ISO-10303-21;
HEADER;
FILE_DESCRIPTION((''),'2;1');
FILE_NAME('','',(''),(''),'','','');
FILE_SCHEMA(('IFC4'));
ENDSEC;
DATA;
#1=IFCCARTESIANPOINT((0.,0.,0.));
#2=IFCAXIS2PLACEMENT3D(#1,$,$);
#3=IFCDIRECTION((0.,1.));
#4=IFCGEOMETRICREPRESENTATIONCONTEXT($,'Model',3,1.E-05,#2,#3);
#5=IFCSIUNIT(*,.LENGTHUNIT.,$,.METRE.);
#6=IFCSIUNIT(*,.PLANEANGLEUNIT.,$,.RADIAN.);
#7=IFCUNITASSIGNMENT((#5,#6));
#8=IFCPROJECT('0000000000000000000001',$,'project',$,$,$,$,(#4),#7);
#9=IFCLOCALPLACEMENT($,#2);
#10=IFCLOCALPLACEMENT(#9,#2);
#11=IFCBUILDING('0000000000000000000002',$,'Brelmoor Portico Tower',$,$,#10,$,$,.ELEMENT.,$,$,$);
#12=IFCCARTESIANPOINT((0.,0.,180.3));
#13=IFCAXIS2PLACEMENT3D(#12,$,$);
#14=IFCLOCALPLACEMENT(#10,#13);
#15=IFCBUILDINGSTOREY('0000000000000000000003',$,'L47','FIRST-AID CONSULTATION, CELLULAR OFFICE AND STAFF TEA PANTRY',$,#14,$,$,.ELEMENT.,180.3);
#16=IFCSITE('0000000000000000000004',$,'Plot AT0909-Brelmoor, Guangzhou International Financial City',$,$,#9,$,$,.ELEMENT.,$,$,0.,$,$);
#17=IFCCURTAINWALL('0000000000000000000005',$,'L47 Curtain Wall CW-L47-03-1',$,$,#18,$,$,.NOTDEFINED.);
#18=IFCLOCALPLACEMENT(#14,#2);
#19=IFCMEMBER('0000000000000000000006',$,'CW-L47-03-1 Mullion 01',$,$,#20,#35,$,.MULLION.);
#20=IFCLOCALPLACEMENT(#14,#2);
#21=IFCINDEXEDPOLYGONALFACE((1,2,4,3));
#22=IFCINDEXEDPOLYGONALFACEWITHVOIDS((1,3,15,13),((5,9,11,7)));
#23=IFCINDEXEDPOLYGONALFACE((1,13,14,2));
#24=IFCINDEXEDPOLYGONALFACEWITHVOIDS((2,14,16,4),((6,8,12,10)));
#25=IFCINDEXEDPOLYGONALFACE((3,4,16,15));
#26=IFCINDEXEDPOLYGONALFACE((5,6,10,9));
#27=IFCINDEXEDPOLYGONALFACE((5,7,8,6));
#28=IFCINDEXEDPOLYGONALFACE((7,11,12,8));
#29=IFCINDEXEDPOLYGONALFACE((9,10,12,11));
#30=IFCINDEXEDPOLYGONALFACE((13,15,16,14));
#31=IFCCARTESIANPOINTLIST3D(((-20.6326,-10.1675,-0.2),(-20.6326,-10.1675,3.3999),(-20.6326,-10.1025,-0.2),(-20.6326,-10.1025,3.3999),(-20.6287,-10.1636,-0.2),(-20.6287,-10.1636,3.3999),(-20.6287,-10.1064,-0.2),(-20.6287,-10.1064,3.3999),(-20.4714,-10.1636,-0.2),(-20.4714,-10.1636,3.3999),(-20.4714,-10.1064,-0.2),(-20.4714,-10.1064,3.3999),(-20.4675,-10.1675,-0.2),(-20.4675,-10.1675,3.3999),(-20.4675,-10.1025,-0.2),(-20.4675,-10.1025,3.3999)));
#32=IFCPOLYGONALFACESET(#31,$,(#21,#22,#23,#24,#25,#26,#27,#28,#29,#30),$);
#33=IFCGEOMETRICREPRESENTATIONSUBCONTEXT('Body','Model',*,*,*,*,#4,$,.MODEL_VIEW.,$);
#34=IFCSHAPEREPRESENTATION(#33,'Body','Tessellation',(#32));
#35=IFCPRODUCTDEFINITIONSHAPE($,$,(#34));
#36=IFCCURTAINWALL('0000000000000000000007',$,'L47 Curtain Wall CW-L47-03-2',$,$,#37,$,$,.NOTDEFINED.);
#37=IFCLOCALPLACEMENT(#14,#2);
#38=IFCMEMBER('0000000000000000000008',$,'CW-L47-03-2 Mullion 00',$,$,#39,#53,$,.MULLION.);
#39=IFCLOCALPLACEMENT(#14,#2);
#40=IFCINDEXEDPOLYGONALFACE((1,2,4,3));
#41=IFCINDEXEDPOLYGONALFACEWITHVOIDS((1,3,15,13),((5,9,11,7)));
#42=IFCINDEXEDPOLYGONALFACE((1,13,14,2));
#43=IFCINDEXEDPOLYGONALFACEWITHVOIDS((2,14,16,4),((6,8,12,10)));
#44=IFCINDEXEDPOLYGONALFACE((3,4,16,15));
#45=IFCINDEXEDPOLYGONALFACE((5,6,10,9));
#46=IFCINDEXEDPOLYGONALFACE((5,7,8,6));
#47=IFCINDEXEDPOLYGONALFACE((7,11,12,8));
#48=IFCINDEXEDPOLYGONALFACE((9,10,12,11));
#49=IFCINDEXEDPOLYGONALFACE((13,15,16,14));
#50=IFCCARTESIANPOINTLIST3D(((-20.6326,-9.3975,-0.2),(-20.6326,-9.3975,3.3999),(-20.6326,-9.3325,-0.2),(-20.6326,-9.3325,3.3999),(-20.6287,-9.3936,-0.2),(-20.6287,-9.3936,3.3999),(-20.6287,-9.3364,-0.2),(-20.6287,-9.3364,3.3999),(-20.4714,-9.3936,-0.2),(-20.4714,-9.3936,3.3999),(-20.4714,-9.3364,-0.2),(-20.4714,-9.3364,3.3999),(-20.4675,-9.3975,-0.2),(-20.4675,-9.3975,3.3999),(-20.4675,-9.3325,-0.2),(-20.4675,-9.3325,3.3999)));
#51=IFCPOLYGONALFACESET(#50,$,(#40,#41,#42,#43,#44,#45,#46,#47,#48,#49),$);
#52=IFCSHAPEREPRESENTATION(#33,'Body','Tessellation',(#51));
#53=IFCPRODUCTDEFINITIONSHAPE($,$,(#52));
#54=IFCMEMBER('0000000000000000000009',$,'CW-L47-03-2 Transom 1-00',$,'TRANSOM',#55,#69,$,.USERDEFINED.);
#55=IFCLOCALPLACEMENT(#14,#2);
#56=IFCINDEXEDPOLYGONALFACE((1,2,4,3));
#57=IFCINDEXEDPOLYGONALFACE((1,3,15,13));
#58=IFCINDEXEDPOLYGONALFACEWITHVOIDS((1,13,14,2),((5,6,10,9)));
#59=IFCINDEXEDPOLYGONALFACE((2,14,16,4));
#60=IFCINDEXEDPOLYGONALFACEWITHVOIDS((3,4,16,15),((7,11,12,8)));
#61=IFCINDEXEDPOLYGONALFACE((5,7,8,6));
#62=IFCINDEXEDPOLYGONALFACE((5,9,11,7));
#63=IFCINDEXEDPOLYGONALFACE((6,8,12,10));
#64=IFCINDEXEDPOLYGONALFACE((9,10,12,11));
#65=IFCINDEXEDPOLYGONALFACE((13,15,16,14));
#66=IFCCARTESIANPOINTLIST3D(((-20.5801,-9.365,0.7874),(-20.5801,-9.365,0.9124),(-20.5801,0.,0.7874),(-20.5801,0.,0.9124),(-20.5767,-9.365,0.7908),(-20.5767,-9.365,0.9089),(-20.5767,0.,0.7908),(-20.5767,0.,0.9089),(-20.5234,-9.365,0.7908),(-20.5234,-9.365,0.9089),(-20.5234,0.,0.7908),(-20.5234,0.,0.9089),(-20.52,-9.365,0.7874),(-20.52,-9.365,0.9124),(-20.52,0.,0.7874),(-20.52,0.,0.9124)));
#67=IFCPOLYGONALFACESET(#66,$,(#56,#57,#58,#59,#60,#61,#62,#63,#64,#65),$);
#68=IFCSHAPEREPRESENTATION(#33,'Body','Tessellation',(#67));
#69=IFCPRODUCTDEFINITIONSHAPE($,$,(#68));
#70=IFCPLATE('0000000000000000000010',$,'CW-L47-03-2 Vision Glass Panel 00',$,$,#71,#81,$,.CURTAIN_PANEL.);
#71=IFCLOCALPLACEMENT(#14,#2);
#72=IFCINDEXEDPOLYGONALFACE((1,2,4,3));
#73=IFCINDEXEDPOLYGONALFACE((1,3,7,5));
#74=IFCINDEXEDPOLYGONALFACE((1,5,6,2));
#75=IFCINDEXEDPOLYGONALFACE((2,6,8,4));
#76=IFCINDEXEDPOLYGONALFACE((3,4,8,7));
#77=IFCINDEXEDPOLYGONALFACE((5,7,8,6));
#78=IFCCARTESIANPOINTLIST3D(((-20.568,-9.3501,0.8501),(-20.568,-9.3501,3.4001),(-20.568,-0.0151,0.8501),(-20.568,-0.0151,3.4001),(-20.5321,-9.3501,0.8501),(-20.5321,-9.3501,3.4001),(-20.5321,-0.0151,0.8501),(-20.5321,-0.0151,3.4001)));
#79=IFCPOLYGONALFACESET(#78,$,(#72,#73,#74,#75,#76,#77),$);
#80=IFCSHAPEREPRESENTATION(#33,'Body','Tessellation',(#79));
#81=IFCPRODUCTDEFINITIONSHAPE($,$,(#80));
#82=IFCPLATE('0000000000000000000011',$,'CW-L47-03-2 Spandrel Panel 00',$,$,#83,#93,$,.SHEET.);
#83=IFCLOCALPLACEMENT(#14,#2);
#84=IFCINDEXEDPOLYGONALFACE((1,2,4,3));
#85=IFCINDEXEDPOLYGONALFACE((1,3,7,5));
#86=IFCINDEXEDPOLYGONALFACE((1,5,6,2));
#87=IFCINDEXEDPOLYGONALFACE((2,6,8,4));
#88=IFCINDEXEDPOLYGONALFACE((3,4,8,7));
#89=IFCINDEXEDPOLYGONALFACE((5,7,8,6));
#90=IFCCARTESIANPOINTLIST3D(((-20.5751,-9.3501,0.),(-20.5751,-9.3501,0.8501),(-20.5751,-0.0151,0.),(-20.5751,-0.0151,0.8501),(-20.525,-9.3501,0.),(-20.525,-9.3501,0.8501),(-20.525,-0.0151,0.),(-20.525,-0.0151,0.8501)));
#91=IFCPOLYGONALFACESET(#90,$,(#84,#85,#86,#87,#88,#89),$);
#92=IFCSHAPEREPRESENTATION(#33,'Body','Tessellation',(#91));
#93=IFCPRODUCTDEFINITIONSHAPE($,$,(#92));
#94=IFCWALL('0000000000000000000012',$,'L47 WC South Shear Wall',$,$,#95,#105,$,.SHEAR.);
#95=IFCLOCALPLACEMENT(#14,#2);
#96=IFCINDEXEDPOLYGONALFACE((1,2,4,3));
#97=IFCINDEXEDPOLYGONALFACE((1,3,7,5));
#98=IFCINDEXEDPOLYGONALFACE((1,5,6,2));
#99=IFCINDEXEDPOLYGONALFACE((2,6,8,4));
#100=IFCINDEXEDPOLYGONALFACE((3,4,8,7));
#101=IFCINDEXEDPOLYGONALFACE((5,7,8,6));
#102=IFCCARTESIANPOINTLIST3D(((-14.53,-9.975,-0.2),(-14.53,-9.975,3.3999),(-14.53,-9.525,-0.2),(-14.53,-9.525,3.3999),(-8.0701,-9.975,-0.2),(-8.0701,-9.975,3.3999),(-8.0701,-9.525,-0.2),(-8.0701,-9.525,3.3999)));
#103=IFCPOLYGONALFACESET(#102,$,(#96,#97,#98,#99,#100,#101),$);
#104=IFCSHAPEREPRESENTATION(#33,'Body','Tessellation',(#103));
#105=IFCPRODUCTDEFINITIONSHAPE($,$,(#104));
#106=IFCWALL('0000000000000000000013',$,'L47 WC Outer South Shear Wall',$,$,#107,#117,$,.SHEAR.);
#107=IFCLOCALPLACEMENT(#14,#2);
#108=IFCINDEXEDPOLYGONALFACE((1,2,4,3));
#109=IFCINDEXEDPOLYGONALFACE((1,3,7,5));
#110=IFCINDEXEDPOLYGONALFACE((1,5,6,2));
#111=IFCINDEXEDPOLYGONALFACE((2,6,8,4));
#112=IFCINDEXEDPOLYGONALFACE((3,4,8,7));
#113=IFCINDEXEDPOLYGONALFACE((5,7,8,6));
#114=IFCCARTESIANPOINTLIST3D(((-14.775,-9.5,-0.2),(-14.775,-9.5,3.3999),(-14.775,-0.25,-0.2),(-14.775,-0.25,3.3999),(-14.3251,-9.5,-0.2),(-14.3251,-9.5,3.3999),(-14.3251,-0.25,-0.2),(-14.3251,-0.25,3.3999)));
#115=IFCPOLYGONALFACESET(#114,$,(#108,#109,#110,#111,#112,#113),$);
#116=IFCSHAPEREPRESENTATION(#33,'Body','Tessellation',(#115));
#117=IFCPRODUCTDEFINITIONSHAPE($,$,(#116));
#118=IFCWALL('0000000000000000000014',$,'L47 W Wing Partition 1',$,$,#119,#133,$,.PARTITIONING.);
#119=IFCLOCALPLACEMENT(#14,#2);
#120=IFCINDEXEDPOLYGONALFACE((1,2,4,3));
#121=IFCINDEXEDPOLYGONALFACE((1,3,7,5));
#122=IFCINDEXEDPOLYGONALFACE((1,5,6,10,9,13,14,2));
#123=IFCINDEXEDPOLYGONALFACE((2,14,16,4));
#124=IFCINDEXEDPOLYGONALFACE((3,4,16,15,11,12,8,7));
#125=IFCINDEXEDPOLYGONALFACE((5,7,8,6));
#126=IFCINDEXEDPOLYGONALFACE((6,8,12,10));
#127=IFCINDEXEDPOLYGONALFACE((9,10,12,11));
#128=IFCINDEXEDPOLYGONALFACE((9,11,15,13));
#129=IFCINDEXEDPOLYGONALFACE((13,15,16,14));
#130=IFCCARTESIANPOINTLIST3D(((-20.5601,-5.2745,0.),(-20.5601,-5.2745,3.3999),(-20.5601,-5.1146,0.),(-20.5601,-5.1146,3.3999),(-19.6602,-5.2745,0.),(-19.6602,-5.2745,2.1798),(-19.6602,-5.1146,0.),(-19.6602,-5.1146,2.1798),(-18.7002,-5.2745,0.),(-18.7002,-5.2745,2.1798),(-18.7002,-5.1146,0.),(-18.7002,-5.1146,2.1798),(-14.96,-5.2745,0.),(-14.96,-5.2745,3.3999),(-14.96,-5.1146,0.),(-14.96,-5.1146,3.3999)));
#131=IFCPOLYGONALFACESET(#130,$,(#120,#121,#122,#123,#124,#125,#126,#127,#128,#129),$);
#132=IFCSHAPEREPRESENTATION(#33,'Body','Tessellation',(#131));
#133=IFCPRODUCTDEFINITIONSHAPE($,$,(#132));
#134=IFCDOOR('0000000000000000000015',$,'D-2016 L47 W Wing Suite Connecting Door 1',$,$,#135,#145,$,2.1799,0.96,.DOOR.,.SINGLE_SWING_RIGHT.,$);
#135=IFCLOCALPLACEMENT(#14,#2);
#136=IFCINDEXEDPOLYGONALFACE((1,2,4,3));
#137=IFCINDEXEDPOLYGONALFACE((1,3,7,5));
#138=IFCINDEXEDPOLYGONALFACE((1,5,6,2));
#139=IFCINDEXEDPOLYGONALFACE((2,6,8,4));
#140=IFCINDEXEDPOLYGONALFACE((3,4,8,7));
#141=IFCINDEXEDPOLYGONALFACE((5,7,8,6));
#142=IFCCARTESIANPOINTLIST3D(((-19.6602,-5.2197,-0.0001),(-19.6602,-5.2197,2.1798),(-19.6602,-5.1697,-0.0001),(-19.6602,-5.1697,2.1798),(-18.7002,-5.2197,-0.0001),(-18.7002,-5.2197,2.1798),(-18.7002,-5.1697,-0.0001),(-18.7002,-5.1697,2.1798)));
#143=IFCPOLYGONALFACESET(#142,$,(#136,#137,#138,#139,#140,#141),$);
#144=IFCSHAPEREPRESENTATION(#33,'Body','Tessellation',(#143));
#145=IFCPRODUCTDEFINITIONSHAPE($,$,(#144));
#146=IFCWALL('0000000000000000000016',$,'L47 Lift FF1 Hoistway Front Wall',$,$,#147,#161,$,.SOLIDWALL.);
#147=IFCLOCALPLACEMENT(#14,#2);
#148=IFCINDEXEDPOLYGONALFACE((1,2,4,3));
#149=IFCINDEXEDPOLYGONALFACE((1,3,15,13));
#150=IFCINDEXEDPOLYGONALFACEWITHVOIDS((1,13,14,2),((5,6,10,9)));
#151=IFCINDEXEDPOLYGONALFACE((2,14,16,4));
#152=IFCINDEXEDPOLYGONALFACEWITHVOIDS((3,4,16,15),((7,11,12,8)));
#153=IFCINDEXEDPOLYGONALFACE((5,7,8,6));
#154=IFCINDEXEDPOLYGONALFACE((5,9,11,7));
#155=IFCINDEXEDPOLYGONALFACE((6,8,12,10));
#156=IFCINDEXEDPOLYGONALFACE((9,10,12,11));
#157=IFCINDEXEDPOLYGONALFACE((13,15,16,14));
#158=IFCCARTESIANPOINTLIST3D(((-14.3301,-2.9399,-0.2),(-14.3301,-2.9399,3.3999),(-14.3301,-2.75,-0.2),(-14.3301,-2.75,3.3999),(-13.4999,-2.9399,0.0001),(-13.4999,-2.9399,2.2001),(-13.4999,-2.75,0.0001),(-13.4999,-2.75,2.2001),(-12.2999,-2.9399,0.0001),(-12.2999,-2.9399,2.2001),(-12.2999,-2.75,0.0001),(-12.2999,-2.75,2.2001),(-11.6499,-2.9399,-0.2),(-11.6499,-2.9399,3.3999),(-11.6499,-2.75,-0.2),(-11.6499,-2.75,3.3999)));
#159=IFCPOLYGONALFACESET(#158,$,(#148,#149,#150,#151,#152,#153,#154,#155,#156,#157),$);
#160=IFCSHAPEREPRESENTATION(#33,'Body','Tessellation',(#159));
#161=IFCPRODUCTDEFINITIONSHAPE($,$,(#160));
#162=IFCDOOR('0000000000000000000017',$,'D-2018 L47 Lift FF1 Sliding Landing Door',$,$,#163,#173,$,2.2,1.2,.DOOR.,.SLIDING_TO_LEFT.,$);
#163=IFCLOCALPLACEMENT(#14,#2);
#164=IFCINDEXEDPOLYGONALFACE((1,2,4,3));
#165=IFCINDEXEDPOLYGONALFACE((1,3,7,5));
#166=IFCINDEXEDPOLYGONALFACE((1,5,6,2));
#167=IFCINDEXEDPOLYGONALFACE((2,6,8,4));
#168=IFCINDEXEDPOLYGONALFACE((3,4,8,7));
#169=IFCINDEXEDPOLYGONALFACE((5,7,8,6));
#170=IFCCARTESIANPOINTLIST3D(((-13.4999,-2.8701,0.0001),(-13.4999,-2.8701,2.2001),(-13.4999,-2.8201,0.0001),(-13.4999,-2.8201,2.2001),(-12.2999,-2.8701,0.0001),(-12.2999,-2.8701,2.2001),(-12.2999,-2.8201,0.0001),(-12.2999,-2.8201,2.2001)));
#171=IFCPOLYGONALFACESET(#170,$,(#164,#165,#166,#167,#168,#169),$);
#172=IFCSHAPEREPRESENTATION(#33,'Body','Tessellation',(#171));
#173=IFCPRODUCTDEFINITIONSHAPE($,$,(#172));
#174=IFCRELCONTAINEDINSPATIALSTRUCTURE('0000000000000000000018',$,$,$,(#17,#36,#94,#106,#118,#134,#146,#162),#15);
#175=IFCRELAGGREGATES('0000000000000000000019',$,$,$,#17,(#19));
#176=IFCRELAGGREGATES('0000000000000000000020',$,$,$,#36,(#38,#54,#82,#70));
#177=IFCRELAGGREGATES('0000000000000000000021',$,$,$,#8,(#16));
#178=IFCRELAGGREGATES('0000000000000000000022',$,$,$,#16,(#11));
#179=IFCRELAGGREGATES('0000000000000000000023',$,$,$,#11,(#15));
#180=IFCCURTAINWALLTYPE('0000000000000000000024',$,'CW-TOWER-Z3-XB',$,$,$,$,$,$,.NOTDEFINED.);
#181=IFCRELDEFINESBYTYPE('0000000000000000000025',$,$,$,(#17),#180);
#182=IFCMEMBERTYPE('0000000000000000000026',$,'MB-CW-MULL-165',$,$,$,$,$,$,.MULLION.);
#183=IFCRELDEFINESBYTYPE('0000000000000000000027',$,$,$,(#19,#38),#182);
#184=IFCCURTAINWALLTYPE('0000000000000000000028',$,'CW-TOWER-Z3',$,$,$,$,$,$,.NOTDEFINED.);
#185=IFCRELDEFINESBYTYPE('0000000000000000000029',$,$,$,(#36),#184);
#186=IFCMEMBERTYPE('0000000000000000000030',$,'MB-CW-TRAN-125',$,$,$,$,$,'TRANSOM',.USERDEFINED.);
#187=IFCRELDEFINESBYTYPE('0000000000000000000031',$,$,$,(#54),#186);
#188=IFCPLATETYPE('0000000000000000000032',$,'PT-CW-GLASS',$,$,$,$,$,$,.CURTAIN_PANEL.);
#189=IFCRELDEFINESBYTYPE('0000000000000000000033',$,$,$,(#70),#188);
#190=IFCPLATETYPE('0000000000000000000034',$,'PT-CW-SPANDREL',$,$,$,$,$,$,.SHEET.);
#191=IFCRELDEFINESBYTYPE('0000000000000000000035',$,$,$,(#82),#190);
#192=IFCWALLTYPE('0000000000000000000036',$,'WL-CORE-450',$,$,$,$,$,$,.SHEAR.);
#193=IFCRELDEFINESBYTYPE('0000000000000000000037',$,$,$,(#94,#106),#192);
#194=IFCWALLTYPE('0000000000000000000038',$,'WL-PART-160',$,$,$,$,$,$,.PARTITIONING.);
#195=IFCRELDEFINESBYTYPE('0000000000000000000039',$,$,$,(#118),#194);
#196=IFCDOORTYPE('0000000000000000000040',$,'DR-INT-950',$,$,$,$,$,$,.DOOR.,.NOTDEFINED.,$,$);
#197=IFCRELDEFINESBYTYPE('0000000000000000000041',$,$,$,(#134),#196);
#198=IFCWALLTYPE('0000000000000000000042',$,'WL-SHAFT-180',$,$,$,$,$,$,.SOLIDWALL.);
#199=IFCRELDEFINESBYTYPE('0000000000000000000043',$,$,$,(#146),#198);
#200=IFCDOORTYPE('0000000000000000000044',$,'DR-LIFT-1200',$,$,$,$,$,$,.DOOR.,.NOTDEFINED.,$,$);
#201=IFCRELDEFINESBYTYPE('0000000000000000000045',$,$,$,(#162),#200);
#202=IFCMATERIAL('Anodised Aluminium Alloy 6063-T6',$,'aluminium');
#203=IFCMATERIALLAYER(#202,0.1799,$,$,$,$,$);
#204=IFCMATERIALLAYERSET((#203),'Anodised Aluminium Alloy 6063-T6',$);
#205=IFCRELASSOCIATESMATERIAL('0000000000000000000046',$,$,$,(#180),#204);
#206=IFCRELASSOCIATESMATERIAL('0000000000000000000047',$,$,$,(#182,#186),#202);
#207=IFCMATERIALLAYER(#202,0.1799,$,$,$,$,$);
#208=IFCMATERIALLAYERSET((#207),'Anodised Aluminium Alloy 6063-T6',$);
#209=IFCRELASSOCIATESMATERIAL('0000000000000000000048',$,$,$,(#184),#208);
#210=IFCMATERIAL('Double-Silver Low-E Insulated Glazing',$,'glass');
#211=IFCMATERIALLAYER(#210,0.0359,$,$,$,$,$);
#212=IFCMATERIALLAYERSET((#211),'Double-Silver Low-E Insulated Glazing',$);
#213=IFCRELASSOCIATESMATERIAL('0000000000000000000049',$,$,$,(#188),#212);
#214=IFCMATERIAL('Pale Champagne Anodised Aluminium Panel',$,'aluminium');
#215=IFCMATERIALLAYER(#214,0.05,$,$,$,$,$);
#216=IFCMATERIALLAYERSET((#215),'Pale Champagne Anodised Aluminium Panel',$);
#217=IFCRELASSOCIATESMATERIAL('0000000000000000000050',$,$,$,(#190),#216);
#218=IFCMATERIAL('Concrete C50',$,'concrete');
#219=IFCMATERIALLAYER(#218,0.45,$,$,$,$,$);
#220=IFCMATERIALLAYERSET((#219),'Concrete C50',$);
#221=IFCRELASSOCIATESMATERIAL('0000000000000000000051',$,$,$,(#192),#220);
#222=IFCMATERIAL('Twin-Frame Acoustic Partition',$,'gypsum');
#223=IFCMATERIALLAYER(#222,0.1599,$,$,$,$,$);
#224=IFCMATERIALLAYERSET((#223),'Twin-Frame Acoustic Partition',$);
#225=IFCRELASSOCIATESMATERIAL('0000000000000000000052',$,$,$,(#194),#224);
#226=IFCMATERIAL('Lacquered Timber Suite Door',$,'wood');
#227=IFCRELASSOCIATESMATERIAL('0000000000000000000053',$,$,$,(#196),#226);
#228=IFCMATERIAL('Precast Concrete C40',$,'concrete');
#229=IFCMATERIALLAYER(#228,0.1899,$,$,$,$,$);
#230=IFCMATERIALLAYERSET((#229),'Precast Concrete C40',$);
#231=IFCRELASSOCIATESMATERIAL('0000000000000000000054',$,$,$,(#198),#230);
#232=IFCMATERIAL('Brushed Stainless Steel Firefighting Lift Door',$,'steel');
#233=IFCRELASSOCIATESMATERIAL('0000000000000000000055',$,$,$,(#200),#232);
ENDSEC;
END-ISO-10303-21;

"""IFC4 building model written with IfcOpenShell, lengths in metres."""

from ifc_helpers import new_model, si_unit, direction, frame, frame_2d, origin, origin_2d, place, context, subcontext, project, spatial, rectangle, hollow_rectangle, extrude, material, layer, layer_set, material_profile, profile_set, type_object, element, fill, aggregate, save


model = new_model("IFC4")

# Units and contexts
model_context = context("Model", 3, precision=1e-05, world=origin(), true_north=direction((0.0, 1.0)))
body_context = subcontext(model_context, "Body", "Model", "MODEL_VIEW")
ifc_project = project(units=[si_unit("LENGTHUNIT", "METRE"), si_unit("PLANEANGLEUNIT", "RADIAN")], contexts=[model_context])

# Site, building, storey
site_placement = place(None, origin())
site = spatial("IfcSite", under=ifc_project, at=site_placement, Name="Plot AT0909-Brelmoor, Guangzhou International Financial City", CompositionType="ELEMENT", RefElevation=0.0)
building_placement = place(site_placement, origin())
building = spatial("IfcBuilding", under=site, at=building_placement, Name="Brelmoor Portico Tower", CompositionType="ELEMENT")
storey_placement = place(building_placement, frame((0.0, 0.0, 180.3)))
storey = spatial("IfcBuildingStorey", under=building, at=storey_placement, Name="L47", Description="FIRST-AID CONSULTATION, CELLULAR OFFICE AND STAFF TEA PANTRY", CompositionType="ELEMENT", Elevation=180.3)

# Curtain wall, member
ifc_material_1 = material(Name="Anodised Aluminium Alloy 6063-T6", Category="aluminium")
ifc_layer_1 = layer(ifc_material_1, 0.1799)
ifc_layer_set_1 = layer_set([ifc_layer_1], Name="Anodised Aluminium Alloy 6063-T6")
curtain_wall_type_1 = type_object("IfcCurtainWallType", Name="CW-TOWER-Z3-XB", PredefinedType="NOTDEFINED", material=ifc_layer_set_1)
curtain_wall_1_placement = place(storey_placement, origin())
curtain_wall_1 = element("IfcCurtainWall", 1, at=curtain_wall_1_placement, inside=storey, type_object=curtain_wall_type_1, Name="L47 Curtain Wall CW-L47-03-1", PredefinedType="NOTDEFINED")
ifc_material_profile_1 = material_profile(ifc_material_1, hollow_rectangle(XDim=0.0649, YDim=0.165, WallThickness=0.0039, at=origin_2d()), Name="ALU MULLION 65x165")
ifc_profile_set_1 = profile_set([ifc_material_profile_1], Name="Anodised Aluminium Alloy 6063-T6")
member_type_1 = type_object("IfcMemberType", Name="MB-CW-MULL-165", PredefinedType="MULLION", material=ifc_profile_set_1)
member_1_placement = place(storey_placement, frame((-20.55, -10.135, -0.2), z_axis=(0.0, 0.0, 1.0), x_axis=(0.0, 1.0, 0.0)))
member_1 = element("IfcMember", 2, at=member_1_placement, type_object=member_type_1, Name="CW-L47-03-1 Mullion 01", PredefinedType="MULLION", context=body_context, shape_type="SweptSolid", body=[
    extrude(hollow_rectangle(XDim=0.0649, YDim=0.165, WallThickness=0.0039, at=origin_2d()), origin(), (0.0, 0.0, 1.0), 3.5999),
])
aggregate(curtain_wall_1, [member_1])

# Curtain wall, members, plates
ifc_layer_2 = layer(ifc_material_1, 0.1799)
ifc_layer_set_2 = layer_set([ifc_layer_2], Name="Anodised Aluminium Alloy 6063-T6")
curtain_wall_type_2 = type_object("IfcCurtainWallType", Name="CW-TOWER-Z3", PredefinedType="NOTDEFINED", material=ifc_layer_set_2)
curtain_wall_2_placement = place(storey_placement, origin())
curtain_wall_2 = element("IfcCurtainWall", 3, at=curtain_wall_2_placement, inside=storey, type_object=curtain_wall_type_2, Name="L47 Curtain Wall CW-L47-03-2", PredefinedType="NOTDEFINED")
member_2_placement = place(storey_placement, frame((-20.55, -9.365, -0.2), z_axis=(0.0, 0.0, 1.0), x_axis=(0.0, 1.0, 0.0)))
member_2 = element("IfcMember", 4, at=member_2_placement, type_object=member_type_1, Name="CW-L47-03-2 Mullion 00", PredefinedType="MULLION", context=body_context, shape_type="SweptSolid", body=[
    extrude(hollow_rectangle(XDim=0.0649, YDim=0.165, WallThickness=0.0039, at=origin_2d()), origin(), (0.0, 0.0, 1.0), 3.5999),
])
ifc_material_profile_2 = material_profile(ifc_material_1, hollow_rectangle(XDim=0.0601, YDim=0.125, WallThickness=0.0034, at=origin_2d()), Name="ALU TRANSOM 60x125")
ifc_profile_set_2 = profile_set([ifc_material_profile_2], Name="Anodised Aluminium Alloy 6063-T6")
member_type_2 = type_object("IfcMemberType", Name="MB-CW-TRAN-125", ElementType="TRANSOM", PredefinedType="USERDEFINED", material=ifc_profile_set_2)
member_3_placement = place(storey_placement, frame((-20.55, -9.365, 0.8499), z_axis=(0.0, 1.0, 0.0), x_axis=(-1.0, 0.0, 0.0)))
member_3 = element("IfcMember", 5, at=member_3_placement, type_object=member_type_2, Name="CW-L47-03-2 Transom 1-00", ObjectType="TRANSOM", PredefinedType="USERDEFINED", context=body_context, shape_type="SweptSolid", body=[
    extrude(hollow_rectangle(XDim=0.0601, YDim=0.125, WallThickness=0.0034, at=origin_2d()), origin(), (0.0, 0.0, 1.0), 9.365),
])
ifc_material_2 = material(Name="Double-Silver Low-E Insulated Glazing", Category="glass")
ifc_layer_3 = layer(ifc_material_2, 0.0359)
ifc_layer_set_3 = layer_set([ifc_layer_3], Name="Double-Silver Low-E Insulated Glazing")
plate_type_1 = type_object("IfcPlateType", Name="PT-CW-GLASS", PredefinedType="CURTAIN_PANEL", material=ifc_layer_set_3)
plate_1_placement = place(storey_placement, frame((-20.55, -4.6826, 0.8501), z_axis=(0.0, 0.0, 1.0), x_axis=(0.0, 1.0, 0.0)))
plate_1 = element("IfcPlate", 6, at=plate_1_placement, type_object=plate_type_1, Name="CW-L47-03-2 Vision Glass Panel 00", PredefinedType="CURTAIN_PANEL", context=body_context, shape_type="SweptSolid", body=[
    extrude(rectangle(XDim=9.335, YDim=0.0359, at=origin_2d()), origin(), (0.0, 0.0, 1.0), 2.55),
])
ifc_material_3 = material(Name="Pale Champagne Anodised Aluminium Panel", Category="aluminium")
ifc_layer_4 = layer(ifc_material_3, 0.05)
ifc_layer_set_4 = layer_set([ifc_layer_4], Name="Pale Champagne Anodised Aluminium Panel")
plate_type_2 = type_object("IfcPlateType", Name="PT-CW-SPANDREL", PredefinedType="SHEET", material=ifc_layer_set_4)
plate_2_placement = place(storey_placement, frame((-20.55, -4.6826, 0.0), z_axis=(0.0, 0.0, 1.0), x_axis=(0.0, 1.0, 0.0)))
plate_2 = element("IfcPlate", 7, at=plate_2_placement, type_object=plate_type_2, Name="CW-L47-03-2 Spandrel Panel 00", PredefinedType="SHEET", context=body_context, shape_type="SweptSolid", body=[
    extrude(rectangle(XDim=9.335, YDim=0.05, at=origin_2d()), origin(), (0.0, 0.0, 1.0), 0.8501),
])
aggregate(curtain_wall_2, [member_2, member_3, plate_2, plate_1])

# Walls
ifc_material_4 = material(Name="Concrete C50", Category="concrete")
ifc_layer_5 = layer(ifc_material_4, 0.45)
ifc_layer_set_5 = layer_set([ifc_layer_5], Name="Concrete C50")
wall_type_1 = type_object("IfcWallType", Name="WL-CORE-450", PredefinedType="SHEAR", material=ifc_layer_set_5)
wall_1_placement = place(storey_placement, frame((-14.53, -9.75, -0.2), z_axis=(0.0, 0.0, 1.0), x_axis=(1.0, 0.0, 0.0)))
element("IfcWall", 8, at=wall_1_placement, inside=storey, type_object=wall_type_1, Name="L47 WC South Shear Wall", PredefinedType="SHEAR", context=body_context, shape_type="SweptSolid", body=[
    extrude(rectangle(XDim=6.46, YDim=0.45, at=frame_2d((3.23, 0.0))), origin(), (0.0, 0.0, 1.0), 3.5999),
])
wall_2_placement = place(storey_placement, frame((-14.55, -9.5, -0.2), z_axis=(0.0, 0.0, 1.0), x_axis=(0.0, 1.0, 0.0)))
element("IfcWall", 9, at=wall_2_placement, inside=storey, type_object=wall_type_1, Name="L47 WC Outer South Shear Wall", PredefinedType="SHEAR", context=body_context, shape_type="SweptSolid", body=[
    extrude(rectangle(XDim=9.25, YDim=0.45, at=frame_2d((4.625, 0.0))), origin(), (0.0, 0.0, 1.0), 3.5999),
])

# Walls, openings, doors
ifc_material_5 = material(Name="Twin-Frame Acoustic Partition", Category="gypsum")
ifc_layer_6 = layer(ifc_material_5, 0.1599)
ifc_layer_set_6 = layer_set([ifc_layer_6], Name="Twin-Frame Acoustic Partition")
wall_type_2 = type_object("IfcWallType", Name="WL-PART-160", PredefinedType="PARTITIONING", material=ifc_layer_set_6)
wall_3_placement = place(storey_placement, frame((-20.5601, -5.1946, 0.0), z_axis=(0.0, 0.0, 1.0), x_axis=(1.0, 0.0, 0.0)))
wall_3 = element("IfcWall", 10, at=wall_3_placement, inside=storey, type_object=wall_type_2, Name="L47 W Wing Partition 1", PredefinedType="PARTITIONING", context=body_context, shape_type="SweptSolid", body=[
    extrude(rectangle(XDim=5.6001, YDim=0.1599, at=frame_2d((2.8, 0.0))), origin(), (0.0, 0.0, 1.0), 3.3999),
])
opening_1_placement = place(wall_3_placement, frame((0.8999, 0.0, 0.0)))
opening_1 = element("IfcOpeningElement", 11, at=opening_1_placement, cuts=wall_3, PredefinedType="OPENING", context=body_context, shape_type="SweptSolid", body=[
    extrude(rectangle(XDim=0.96, YDim=2.1799, at=frame_2d((0.48, 1.0898))), frame((0.0, 0.0898, 0.0), z_axis=(0.0, -1.0, 0.0), x_axis=(1.0, 0.0, 0.0)), (0.0, 0.0, 1.0), 0.1799),
])
ifc_material_6 = material(Name="Lacquered Timber Suite Door", Category="wood")
door_type_1 = type_object("IfcDoorType", Name="DR-INT-950", OperationType="NOTDEFINED", PredefinedType="DOOR", material=ifc_material_6)
door_1_placement = place(opening_1_placement, origin())
door_1 = element("IfcDoor", 12, at=door_1_placement, inside=storey, type_object=door_type_1, Name="D-2016 L47 W Wing Suite Connecting Door 1", OperationType="SINGLE_SWING_RIGHT", OverallHeight=2.1799, OverallWidth=0.96, PredefinedType="DOOR", context=body_context, shape_type="SweptSolid", body=[
    extrude(rectangle(XDim=0.96, YDim=2.1799, at=frame_2d((0.48, 1.0898))), frame((0.0, 0.0249, 0.0), z_axis=(0.0, -1.0, 0.0), x_axis=(1.0, 0.0, 0.0)), (0.0, 0.0, 1.0), 0.05),
])
fill(opening_1, door_1)
ifc_material_7 = material(Name="Precast Concrete C40", Category="concrete")
ifc_layer_7 = layer(ifc_material_7, 0.1899)
ifc_layer_set_7 = layer_set([ifc_layer_7], Name="Precast Concrete C40")
wall_type_3 = type_object("IfcWallType", Name="WL-SHAFT-180", PredefinedType="SOLIDWALL", material=ifc_layer_set_7)
wall_4_placement = place(storey_placement, frame((-14.3301, -2.845, -0.2), z_axis=(0.0, 0.0, 1.0), x_axis=(1.0, 0.0, 0.0)))
wall_4 = element("IfcWall", 13, at=wall_4_placement, inside=storey, type_object=wall_type_3, Name="L47 Lift FF1 Hoistway Front Wall", PredefinedType="SOLIDWALL", context=body_context, shape_type="SweptSolid", body=[
    extrude(rectangle(XDim=2.6802, YDim=0.1899, at=frame_2d((1.3401, 0.0))), origin(), (0.0, 0.0, 1.0), 3.5999),
])
opening_2_placement = place(wall_4_placement, frame((0.8301, 0.0, 0.2)))
opening_2 = element("IfcOpeningElement", 14, at=opening_2_placement, cuts=wall_4, PredefinedType="OPENING", context=body_context, shape_type="SweptSolid", body=[
    extrude(rectangle(XDim=1.2, YDim=2.2, at=frame_2d((0.6001, 1.1001))), frame((0.0, 0.105, 0.0), z_axis=(0.0, -1.0, 0.0), x_axis=(1.0, 0.0, 0.0)), (0.0, 0.0, 1.0), 0.21),
])
ifc_material_8 = material(Name="Brushed Stainless Steel Firefighting Lift Door", Category="steel")
door_type_2 = type_object("IfcDoorType", Name="DR-LIFT-1200", OperationType="NOTDEFINED", PredefinedType="DOOR", material=ifc_material_8)
door_2_placement = place(opening_2_placement, origin())
door_2 = element("IfcDoor", 15, at=door_2_placement, inside=storey, type_object=door_type_2, Name="D-2018 L47 Lift FF1 Sliding Landing Door", OperationType="SLIDING_TO_LEFT", OverallHeight=2.2, OverallWidth=1.2, PredefinedType="DOOR", context=body_context, shape_type="SweptSolid", body=[
    extrude(rectangle(XDim=1.2, YDim=2.2, at=frame_2d((0.6001, 1.1001))), frame((0.0, 0.0249, 0.0), z_axis=(0.0, -1.0, 0.0), x_axis=(1.0, 0.0, 0.0)), (0.0, 0.0, 1.0), 0.05),
])
fill(opening_2, door_2)

save(model, "model.ifc")
